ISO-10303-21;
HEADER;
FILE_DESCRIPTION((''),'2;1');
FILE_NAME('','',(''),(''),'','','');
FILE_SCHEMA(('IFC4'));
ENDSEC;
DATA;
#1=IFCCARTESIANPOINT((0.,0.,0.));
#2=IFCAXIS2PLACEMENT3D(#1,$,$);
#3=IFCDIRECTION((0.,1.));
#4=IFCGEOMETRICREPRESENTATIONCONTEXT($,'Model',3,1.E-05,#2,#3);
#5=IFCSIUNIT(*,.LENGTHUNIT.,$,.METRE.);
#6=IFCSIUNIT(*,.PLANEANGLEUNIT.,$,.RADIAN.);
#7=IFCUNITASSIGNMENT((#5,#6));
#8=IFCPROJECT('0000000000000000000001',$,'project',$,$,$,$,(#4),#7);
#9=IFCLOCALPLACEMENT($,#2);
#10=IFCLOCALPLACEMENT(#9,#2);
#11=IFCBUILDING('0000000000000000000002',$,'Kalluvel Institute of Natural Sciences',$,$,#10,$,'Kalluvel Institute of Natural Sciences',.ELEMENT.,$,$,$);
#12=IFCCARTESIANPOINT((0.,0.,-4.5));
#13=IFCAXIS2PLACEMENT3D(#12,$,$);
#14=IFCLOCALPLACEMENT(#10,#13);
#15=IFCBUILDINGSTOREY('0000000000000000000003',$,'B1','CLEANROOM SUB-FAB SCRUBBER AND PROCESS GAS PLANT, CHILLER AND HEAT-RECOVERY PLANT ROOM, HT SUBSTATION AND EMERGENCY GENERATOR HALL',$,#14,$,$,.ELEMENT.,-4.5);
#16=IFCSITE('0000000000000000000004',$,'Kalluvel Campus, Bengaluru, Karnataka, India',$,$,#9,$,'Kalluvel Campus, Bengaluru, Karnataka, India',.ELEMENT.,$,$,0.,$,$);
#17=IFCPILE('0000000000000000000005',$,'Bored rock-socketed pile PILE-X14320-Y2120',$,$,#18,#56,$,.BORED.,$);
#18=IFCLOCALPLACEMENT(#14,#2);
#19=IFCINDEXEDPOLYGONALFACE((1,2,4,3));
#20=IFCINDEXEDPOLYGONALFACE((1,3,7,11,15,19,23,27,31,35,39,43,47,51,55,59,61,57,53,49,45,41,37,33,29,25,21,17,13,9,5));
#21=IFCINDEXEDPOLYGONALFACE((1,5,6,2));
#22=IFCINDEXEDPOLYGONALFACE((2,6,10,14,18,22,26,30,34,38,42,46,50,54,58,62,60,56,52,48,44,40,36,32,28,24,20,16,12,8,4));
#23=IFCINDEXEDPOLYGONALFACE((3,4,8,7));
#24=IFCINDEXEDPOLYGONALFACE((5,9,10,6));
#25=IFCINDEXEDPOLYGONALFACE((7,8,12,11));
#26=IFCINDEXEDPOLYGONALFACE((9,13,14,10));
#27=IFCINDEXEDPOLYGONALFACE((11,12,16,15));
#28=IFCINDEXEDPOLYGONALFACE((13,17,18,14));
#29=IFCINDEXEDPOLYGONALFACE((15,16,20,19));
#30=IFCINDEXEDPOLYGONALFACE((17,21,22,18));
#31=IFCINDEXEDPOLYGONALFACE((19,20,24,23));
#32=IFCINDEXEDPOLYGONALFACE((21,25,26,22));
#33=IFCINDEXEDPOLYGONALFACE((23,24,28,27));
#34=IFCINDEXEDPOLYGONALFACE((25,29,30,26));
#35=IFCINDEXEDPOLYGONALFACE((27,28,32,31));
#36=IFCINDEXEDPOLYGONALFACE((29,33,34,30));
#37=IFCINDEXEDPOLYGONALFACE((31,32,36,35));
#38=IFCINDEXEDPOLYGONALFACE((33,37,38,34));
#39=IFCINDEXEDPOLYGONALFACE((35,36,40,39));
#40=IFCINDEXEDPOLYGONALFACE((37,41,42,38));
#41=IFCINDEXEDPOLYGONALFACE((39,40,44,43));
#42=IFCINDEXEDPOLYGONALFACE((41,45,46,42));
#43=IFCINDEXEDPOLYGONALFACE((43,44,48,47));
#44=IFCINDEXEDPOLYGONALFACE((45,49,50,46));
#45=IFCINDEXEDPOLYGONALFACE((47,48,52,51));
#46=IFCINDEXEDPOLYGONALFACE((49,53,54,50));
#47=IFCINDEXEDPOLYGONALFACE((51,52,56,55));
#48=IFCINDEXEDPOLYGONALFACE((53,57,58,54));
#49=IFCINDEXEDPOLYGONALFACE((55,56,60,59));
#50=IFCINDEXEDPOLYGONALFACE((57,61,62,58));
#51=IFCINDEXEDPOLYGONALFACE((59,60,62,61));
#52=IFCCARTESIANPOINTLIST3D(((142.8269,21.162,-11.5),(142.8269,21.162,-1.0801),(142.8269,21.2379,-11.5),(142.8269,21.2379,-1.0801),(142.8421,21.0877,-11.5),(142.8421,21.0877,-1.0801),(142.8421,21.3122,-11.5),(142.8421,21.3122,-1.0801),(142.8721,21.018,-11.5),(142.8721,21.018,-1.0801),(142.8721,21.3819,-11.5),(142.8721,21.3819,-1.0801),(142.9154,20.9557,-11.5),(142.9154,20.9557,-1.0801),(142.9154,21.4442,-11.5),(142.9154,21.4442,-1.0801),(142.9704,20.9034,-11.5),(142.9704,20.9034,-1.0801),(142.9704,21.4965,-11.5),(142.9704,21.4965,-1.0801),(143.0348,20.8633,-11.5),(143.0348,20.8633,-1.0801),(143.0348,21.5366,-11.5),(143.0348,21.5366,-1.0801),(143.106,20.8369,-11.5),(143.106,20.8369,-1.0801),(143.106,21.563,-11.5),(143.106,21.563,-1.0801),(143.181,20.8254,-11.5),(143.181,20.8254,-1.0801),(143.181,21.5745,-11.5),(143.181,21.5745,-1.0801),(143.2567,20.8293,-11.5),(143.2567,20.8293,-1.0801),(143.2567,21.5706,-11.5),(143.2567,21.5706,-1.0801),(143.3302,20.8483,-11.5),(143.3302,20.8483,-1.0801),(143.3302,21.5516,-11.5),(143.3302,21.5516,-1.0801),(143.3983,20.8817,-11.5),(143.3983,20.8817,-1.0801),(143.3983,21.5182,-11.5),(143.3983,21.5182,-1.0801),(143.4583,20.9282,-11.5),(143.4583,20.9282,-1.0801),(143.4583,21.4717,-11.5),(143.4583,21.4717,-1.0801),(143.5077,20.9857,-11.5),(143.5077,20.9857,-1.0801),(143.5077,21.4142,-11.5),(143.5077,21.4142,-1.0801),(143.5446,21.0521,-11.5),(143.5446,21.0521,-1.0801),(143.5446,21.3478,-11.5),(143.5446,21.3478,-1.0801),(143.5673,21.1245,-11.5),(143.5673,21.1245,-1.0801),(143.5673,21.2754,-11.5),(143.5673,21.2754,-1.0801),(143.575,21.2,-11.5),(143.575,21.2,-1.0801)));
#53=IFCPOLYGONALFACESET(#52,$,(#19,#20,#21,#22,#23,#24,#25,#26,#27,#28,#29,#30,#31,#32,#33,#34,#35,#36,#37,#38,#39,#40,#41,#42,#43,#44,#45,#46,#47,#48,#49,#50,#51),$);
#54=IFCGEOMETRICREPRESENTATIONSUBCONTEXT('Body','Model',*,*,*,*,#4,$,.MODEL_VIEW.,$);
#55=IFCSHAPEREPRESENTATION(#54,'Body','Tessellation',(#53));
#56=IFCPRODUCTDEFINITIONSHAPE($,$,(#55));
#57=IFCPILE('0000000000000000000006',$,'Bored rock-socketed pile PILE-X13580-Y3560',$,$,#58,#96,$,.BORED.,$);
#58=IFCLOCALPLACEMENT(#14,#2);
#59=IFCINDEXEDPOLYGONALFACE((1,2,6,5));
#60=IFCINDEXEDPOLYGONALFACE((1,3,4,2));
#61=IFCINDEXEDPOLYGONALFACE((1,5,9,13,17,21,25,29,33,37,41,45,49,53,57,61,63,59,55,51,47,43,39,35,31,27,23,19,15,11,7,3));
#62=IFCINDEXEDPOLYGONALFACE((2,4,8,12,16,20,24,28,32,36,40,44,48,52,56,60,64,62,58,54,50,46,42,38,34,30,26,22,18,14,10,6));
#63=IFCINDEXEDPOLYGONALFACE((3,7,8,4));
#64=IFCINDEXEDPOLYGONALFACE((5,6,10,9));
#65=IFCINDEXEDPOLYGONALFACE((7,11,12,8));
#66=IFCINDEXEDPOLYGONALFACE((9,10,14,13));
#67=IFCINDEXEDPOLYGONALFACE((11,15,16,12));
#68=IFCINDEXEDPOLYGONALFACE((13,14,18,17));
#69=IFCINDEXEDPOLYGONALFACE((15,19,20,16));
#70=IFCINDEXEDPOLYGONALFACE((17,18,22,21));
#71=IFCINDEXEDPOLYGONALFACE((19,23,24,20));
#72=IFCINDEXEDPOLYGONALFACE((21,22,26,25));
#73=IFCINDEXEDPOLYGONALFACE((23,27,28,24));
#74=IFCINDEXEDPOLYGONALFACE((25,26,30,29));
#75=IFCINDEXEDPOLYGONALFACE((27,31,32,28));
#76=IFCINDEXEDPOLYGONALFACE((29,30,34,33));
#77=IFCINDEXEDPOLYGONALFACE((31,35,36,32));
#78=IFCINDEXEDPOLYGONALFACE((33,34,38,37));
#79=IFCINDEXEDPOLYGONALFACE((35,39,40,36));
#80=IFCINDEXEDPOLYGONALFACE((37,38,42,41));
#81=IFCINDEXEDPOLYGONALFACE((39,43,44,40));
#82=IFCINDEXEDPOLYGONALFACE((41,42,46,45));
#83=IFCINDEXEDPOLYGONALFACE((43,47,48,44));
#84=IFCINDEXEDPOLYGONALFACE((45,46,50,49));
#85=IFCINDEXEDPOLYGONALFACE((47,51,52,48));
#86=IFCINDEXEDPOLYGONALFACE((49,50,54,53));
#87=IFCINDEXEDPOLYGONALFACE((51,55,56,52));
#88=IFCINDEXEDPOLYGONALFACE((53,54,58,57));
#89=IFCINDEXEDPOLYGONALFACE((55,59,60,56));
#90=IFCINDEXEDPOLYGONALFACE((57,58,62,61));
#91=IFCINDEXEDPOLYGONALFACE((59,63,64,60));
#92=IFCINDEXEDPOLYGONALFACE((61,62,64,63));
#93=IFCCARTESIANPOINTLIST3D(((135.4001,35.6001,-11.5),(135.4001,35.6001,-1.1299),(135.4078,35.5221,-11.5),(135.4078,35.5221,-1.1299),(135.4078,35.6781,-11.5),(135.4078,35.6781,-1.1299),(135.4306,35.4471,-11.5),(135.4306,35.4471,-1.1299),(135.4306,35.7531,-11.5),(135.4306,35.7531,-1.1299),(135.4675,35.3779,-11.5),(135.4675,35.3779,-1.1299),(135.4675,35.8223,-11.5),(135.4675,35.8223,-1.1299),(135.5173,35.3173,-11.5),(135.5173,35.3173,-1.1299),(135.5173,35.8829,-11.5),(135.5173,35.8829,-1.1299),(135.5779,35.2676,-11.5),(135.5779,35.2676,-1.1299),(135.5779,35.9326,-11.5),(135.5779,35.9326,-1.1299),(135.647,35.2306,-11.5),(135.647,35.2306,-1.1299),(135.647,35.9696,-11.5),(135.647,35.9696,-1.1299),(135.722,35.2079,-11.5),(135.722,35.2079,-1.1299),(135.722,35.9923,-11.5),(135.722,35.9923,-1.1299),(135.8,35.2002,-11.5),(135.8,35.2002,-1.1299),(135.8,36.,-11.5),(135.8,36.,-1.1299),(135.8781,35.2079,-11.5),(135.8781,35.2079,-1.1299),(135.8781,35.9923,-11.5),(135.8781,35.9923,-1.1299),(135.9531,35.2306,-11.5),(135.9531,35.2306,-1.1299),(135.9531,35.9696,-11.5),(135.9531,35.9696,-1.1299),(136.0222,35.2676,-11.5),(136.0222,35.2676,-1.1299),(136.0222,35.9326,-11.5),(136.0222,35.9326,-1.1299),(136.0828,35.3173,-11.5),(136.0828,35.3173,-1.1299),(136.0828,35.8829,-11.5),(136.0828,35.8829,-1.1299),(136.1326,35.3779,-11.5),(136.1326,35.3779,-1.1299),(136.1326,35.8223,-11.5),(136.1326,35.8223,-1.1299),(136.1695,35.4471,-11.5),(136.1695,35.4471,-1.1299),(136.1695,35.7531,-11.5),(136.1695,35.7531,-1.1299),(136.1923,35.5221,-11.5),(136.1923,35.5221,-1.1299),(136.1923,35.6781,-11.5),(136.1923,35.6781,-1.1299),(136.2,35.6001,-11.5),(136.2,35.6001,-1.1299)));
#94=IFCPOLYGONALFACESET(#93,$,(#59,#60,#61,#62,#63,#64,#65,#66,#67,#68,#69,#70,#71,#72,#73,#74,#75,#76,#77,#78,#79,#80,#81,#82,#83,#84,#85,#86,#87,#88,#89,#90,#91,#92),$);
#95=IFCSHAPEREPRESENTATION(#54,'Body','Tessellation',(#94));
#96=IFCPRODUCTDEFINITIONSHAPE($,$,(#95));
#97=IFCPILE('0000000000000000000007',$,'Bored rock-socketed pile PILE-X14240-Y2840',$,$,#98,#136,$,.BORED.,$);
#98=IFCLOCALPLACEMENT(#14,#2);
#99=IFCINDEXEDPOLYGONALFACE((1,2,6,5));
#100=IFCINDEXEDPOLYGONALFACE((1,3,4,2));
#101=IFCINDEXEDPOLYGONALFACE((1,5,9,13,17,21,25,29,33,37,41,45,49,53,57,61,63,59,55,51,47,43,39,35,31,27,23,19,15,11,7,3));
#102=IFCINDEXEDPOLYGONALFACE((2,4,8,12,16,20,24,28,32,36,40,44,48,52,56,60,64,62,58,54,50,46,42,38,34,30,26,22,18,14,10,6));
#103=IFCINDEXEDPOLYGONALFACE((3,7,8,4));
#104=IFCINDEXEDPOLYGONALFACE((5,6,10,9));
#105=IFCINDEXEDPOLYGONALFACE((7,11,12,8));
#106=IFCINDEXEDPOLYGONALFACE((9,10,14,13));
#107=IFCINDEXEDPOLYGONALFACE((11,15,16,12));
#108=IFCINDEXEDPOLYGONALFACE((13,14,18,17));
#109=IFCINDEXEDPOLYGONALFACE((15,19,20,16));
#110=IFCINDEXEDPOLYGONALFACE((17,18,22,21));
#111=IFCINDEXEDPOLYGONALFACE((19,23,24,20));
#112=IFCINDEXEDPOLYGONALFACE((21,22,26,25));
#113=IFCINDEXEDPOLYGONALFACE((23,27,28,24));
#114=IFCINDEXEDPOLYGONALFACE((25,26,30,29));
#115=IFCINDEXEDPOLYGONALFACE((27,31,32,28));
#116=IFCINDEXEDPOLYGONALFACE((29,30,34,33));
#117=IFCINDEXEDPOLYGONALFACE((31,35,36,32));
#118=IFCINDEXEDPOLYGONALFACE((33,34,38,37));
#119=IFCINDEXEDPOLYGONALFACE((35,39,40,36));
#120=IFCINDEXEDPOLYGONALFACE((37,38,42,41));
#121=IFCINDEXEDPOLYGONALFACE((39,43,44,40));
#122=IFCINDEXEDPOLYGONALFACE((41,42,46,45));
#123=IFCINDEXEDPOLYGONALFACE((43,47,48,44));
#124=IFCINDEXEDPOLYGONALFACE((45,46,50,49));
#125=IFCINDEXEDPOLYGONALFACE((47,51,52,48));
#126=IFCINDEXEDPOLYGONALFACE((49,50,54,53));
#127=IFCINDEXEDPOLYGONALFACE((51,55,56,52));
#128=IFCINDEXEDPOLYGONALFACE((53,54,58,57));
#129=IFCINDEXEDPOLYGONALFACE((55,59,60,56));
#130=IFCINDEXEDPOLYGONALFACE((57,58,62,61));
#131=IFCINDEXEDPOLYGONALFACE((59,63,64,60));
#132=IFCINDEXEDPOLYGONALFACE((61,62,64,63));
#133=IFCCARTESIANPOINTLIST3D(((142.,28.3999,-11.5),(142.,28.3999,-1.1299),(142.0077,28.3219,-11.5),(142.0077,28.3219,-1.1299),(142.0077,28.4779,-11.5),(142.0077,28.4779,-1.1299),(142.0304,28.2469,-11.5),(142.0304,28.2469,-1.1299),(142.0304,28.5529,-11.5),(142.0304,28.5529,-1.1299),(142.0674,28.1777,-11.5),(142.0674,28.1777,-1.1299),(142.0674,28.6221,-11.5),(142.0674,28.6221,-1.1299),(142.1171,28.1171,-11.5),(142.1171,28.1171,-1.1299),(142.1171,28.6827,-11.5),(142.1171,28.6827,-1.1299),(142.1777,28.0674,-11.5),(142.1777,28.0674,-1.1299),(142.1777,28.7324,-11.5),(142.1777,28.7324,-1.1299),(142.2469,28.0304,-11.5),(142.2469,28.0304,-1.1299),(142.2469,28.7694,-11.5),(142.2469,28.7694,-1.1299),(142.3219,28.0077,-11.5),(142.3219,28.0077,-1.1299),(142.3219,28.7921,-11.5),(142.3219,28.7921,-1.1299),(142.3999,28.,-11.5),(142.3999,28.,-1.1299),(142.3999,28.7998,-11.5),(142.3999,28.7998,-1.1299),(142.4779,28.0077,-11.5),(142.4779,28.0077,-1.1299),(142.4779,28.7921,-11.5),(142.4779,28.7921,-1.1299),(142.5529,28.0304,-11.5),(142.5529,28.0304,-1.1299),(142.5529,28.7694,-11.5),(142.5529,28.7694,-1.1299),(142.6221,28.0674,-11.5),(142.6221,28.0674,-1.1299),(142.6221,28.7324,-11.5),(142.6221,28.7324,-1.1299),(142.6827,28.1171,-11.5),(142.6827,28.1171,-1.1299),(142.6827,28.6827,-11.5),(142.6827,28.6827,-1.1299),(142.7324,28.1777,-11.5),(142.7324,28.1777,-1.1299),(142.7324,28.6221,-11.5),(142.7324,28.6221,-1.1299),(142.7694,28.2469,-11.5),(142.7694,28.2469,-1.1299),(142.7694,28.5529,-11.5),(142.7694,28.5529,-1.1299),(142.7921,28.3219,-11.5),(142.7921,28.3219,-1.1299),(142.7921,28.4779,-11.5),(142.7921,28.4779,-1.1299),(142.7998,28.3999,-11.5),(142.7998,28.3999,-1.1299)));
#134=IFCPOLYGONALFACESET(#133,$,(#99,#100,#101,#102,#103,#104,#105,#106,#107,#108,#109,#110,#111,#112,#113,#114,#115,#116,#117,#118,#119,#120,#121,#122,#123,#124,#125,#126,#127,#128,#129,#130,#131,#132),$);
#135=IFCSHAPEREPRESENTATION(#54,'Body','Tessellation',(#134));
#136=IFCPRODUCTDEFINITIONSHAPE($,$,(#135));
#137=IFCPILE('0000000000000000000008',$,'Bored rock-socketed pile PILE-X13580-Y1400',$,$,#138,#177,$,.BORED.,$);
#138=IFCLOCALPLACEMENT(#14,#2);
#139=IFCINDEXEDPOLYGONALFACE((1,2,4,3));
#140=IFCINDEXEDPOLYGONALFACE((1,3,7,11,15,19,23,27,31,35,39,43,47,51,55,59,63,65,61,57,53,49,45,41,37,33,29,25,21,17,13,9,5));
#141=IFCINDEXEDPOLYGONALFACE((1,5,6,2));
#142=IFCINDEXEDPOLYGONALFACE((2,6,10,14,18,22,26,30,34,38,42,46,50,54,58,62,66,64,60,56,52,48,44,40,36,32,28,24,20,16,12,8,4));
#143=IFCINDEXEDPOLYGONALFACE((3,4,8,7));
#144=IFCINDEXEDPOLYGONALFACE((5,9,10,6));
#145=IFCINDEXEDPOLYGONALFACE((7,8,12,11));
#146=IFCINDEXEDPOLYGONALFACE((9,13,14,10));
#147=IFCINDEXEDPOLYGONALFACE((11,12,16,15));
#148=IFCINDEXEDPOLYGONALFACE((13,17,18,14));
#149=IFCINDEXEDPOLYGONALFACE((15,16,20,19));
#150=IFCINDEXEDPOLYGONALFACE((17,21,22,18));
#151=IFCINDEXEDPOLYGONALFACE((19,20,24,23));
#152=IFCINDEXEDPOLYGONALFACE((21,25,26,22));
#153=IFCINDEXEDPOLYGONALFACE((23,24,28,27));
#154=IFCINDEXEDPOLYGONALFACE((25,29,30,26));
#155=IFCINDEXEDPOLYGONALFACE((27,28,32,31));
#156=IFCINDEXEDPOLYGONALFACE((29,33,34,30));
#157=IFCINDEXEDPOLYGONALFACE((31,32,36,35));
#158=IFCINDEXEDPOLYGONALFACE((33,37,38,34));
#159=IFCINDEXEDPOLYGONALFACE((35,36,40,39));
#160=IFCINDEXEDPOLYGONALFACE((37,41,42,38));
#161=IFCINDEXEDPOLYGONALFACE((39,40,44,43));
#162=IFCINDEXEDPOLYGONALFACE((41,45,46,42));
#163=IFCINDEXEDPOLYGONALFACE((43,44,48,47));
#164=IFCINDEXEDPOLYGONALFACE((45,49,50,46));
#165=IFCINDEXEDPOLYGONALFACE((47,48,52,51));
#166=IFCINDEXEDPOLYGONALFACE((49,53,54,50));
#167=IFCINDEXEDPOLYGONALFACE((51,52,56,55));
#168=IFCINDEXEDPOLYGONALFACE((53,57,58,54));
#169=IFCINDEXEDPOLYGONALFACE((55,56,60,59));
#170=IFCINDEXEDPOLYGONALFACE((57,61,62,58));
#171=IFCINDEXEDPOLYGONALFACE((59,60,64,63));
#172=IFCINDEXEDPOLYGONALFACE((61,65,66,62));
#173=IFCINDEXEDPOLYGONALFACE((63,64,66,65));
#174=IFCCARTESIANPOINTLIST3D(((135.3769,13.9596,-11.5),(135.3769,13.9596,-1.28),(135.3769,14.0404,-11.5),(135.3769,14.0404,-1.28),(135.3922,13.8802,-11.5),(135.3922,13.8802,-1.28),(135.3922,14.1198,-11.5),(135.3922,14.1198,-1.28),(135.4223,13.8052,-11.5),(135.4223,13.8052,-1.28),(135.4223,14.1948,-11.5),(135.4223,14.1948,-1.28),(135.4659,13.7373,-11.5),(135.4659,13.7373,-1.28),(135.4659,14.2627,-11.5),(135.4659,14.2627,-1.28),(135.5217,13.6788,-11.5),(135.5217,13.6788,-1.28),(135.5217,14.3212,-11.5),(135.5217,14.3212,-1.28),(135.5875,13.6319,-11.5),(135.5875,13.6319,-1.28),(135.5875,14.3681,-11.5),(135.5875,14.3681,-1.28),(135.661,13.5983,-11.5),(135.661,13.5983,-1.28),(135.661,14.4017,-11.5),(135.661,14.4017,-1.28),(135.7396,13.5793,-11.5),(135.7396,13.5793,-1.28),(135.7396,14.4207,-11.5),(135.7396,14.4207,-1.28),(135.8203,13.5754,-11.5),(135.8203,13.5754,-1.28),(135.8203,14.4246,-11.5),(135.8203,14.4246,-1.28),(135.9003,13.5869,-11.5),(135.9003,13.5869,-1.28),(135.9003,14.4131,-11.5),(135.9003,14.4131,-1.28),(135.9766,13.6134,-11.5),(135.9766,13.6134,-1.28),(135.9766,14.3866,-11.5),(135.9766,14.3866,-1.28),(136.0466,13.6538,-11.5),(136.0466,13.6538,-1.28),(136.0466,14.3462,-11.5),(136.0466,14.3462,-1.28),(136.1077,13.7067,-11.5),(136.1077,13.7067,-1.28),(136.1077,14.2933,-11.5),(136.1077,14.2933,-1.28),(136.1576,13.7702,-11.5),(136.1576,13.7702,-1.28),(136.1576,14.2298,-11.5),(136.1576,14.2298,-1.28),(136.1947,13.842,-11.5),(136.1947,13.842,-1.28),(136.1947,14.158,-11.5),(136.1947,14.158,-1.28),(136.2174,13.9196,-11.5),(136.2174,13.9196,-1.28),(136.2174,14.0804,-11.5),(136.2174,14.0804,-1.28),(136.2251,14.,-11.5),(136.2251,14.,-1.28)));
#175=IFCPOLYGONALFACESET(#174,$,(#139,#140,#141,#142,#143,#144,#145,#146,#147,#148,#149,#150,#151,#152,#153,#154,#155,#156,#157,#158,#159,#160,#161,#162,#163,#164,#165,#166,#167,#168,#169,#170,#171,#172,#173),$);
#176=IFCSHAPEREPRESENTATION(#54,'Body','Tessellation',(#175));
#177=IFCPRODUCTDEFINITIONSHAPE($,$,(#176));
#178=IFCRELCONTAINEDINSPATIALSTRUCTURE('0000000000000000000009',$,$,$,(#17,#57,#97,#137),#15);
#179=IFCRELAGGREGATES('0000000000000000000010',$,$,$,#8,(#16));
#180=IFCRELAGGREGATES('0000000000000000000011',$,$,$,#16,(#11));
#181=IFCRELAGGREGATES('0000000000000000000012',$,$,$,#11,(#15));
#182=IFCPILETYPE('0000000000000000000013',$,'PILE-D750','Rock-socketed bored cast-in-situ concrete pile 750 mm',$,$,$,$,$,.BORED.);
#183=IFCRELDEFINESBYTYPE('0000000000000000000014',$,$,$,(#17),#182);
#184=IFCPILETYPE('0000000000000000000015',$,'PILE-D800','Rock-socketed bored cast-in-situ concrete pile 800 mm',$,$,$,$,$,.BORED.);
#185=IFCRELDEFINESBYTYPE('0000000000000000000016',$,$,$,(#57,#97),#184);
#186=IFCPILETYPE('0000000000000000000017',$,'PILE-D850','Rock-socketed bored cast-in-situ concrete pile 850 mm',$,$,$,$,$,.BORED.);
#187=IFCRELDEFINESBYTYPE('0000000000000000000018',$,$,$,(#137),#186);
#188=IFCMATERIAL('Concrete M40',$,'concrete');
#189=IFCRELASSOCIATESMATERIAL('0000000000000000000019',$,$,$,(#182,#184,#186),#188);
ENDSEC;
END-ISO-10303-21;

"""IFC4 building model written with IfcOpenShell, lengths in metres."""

from ifc_helpers import new_model, si_unit, direction, frame, origin, origin_2d, place, context, subcontext, project, spatial, circle, extrude, material, material_profile, profile_set, type_object, element, save


model = new_model("IFC4")

# Units and contexts
model_context = context("Model", 3, precision=1e-05, world=origin(), true_north=direction((0.0, 1.0)))
body_context = subcontext(model_context, "Body", "Model", "MODEL_VIEW")
ifc_project = project(units=[si_unit("LENGTHUNIT", "METRE"), si_unit("PLANEANGLEUNIT", "RADIAN")], contexts=[model_context])

# Site, building, storey
site_placement = place(None, origin())
site = spatial("IfcSite", under=ifc_project, at=site_placement, Name="Kalluvel Campus, Bengaluru, Karnataka, India", LongName="Kalluvel Campus, Bengaluru, Karnataka, India", CompositionType="ELEMENT", RefElevation=0.0)
building_placement = place(site_placement, origin())
building = spatial("IfcBuilding", under=site, at=building_placement, Name="Kalluvel Institute of Natural Sciences", LongName="Kalluvel Institute of Natural Sciences", CompositionType="ELEMENT")
storey_placement = place(building_placement, frame((0.0, 0.0, -4.5)))
storey = spatial("IfcBuildingStorey", under=building, at=storey_placement, Name="B1", Description="CLEANROOM SUB-FAB SCRUBBER AND PROCESS GAS PLANT, CHILLER AND HEAT-RECOVERY PLANT ROOM, HT SUBSTATION AND EMERGENCY GENERATOR HALL", CompositionType="ELEMENT", Elevation=-4.5)

# Shared definitions
ifc_material_1 = material(Name="Concrete M40", Category="concrete")

# Piles
ifc_material_profile_1 = material_profile(ifc_material_1, circle(Radius=0.375, at=origin_2d()), Name="PILE D750")
ifc_profile_set_1 = profile_set([ifc_material_profile_1], Name="Concrete M40")
pile_type_1 = type_object("IfcPileType", Name="PILE-D750", Description="Rock-socketed bored cast-in-situ concrete pile 750 mm", PredefinedType="BORED", material=ifc_profile_set_1)
for number, where, z_axis, x_axis, name in (
    (1, (143.2, 21.2, -1.0801), (0.0, 0.0, -1.0), (1.0, 0.0, 0.0), "Bored rock-socketed pile PILE-X14320-Y2120"),
):
    element("IfcPile", number, at=place(storey_placement, frame(where, z_axis=z_axis, x_axis=x_axis)), inside=storey, type_object=pile_type_1, Name=name, PredefinedType="BORED", context=body_context, shape_type="SweptSolid", body=[
        extrude(circle(Radius=0.375, at=origin_2d()), origin(), (0.0, 0.0, 1.0), 10.4199),
    ])
ifc_material_profile_2 = material_profile(ifc_material_1, circle(Radius=0.3999, at=origin_2d()), Name="PILE D800")
ifc_profile_set_2 = profile_set([ifc_material_profile_2], Name="Concrete M40")
pile_type_2 = type_object("IfcPileType", Name="PILE-D800", Description="Rock-socketed bored cast-in-situ concrete pile 800 mm", PredefinedType="BORED", material=ifc_profile_set_2)
for number, where, z_axis, x_axis, name in (
    (2, (135.8, 35.6001, -1.1299), (0.0, 0.0, -1.0), (1.0, 0.0, 0.0), "Bored rock-socketed pile PILE-X13580-Y3560"),
    (3, (142.3999, 28.3999, -1.1299), (0.0, 0.0, -1.0), (1.0, 0.0, 0.0), "Bored rock-socketed pile PILE-X14240-Y2840"),
):
    element("IfcPile", number, at=place(storey_placement, frame(where, z_axis=z_axis, x_axis=x_axis)), inside=storey, type_object=pile_type_2, Name=name, PredefinedType="BORED", context=body_context, shape_type="SweptSolid", body=[
        extrude(circle(Radius=0.3999, at=origin_2d()), origin(), (0.0, 0.0, 1.0), 10.3701),
    ])
ifc_material_profile_3 = material_profile(ifc_material_1, circle(Radius=0.425, at=origin_2d()), Name="PILE D850")
ifc_profile_set_3 = profile_set([ifc_material_profile_3], Name="Concrete M40")
pile_type_3 = type_object("IfcPileType", Name="PILE-D850", Description="Rock-socketed bored cast-in-situ concrete pile 850 mm", PredefinedType="BORED", material=ifc_profile_set_3)
pile_1_placement = place(storey_placement, frame((135.8, 14.0, -1.28), z_axis=(0.0, 0.0, -1.0), x_axis=(1.0, 0.0, 0.0)))
element("IfcPile", 4, at=pile_1_placement, inside=storey, type_object=pile_type_3, Name="Bored rock-socketed pile PILE-X13580-Y1400", PredefinedType="BORED", context=body_context, shape_type="SweptSolid", body=[
    extrude(circle(Radius=0.425, at=origin_2d()), origin(), (0.0, 0.0, 1.0), 10.22),
])

save(model, "model.ifc")
